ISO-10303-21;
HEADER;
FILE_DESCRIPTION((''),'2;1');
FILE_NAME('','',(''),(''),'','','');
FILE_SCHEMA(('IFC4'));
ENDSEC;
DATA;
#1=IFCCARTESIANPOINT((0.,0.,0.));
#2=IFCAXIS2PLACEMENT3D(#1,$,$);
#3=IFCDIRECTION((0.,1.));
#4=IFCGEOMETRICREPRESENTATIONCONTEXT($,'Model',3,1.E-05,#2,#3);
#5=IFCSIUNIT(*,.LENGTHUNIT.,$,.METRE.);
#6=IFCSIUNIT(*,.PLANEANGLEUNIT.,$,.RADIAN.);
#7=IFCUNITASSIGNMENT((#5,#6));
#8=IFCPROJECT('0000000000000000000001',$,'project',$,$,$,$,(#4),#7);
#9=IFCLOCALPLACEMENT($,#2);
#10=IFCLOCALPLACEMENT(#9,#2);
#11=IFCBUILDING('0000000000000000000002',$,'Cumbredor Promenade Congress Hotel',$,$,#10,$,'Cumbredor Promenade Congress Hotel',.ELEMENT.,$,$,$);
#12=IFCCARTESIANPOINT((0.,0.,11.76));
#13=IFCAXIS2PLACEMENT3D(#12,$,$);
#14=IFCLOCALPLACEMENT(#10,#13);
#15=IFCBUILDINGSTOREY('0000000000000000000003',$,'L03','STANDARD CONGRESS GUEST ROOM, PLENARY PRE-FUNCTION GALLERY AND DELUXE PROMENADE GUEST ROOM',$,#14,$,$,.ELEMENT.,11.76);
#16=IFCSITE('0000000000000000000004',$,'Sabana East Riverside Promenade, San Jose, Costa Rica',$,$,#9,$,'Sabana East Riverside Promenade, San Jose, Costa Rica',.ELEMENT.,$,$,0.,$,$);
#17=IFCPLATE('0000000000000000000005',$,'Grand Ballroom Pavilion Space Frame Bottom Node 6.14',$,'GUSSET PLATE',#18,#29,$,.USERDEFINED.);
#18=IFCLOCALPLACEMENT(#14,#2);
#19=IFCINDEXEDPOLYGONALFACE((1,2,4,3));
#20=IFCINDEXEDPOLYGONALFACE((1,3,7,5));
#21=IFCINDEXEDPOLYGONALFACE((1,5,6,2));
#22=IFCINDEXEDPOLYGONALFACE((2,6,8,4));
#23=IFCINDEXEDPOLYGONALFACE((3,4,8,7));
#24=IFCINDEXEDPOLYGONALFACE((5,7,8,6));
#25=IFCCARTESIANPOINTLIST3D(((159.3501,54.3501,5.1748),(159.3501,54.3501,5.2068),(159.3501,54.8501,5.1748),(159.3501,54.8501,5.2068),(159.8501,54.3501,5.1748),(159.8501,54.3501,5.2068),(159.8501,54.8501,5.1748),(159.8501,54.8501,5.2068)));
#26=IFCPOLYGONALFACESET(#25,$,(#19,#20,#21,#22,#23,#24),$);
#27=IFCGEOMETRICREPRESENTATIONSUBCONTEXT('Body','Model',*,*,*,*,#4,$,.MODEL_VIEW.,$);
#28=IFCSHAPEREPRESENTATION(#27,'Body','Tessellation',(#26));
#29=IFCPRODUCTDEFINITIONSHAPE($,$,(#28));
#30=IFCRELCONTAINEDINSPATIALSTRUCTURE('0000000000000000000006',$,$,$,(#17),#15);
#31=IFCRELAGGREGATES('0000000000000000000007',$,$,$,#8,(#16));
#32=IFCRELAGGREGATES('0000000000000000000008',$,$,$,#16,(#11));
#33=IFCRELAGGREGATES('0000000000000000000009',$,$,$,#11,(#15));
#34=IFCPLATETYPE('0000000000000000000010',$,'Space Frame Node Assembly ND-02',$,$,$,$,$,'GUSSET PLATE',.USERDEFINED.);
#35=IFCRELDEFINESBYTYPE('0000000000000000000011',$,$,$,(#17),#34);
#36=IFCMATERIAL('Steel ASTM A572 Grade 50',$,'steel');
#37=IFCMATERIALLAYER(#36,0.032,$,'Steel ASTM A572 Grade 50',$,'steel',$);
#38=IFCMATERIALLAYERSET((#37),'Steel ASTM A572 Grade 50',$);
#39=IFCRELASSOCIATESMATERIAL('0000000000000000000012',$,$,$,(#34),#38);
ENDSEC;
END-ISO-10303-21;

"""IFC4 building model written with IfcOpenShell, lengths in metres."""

from ifc_helpers import new_model, si_unit, direction, frame, origin, origin_2d, place, context, subcontext, project, spatial, rectangle, extrude, material, layer, layer_set, type_object, element, save


model = new_model("IFC4")

# Units and contexts
model_context = context("Model", 3, precision=1e-05, world=origin(), true_north=direction((0.0, 1.0)))
body_context = subcontext(model_context, "Body", "Model", "MODEL_VIEW")
ifc_project = project(units=[si_unit("LENGTHUNIT", "METRE"), si_unit("PLANEANGLEUNIT", "RADIAN")], contexts=[model_context])

# Site, building, storey
site_placement = place(None, origin())
site = spatial("IfcSite", under=ifc_project, at=site_placement, Name="Sabana East Riverside Promenade, San Jose, Costa Rica", LongName="Sabana East Riverside Promenade, San Jose, Costa Rica", CompositionType="ELEMENT", RefElevation=0.0)
building_placement = place(site_placement, origin())
building = spatial("IfcBuilding", under=site, at=building_placement, Name="Cumbredor Promenade Congress Hotel", LongName="Cumbredor Promenade Congress Hotel", CompositionType="ELEMENT")
storey_placement = place(building_placement, frame((0.0, 0.0, 11.76)))
storey = spatial("IfcBuildingStorey", under=building, at=storey_placement, Name="L03", Description="STANDARD CONGRESS GUEST ROOM, PLENARY PRE-FUNCTION GALLERY AND DELUXE PROMENADE GUEST ROOM", CompositionType="ELEMENT", Elevation=11.76)

# Plate
ifc_material_1 = material(Name="Steel ASTM A572 Grade 50", Category="steel")
ifc_layer = layer(ifc_material_1, 0.032, Name="Steel ASTM A572 Grade 50", Category="steel")
ifc_layer_set = layer_set([ifc_layer], Name="Steel ASTM A572 Grade 50")
plate_type = type_object("IfcPlateType", Name="Space Frame Node Assembly ND-02", ElementType="GUSSET PLATE", PredefinedType="USERDEFINED", material=ifc_layer_set)
for number, where, z_axis, x_axis, name in (
    (1, (159.6001, 54.6001, 5.1748), (0.0, 0.0, 1.0), (1.0, 0.0, 0.0), "Grand Ballroom Pavilion Space Frame Bottom Node 6.14"),
):
    element("IfcPlate", number, at=place(storey_placement, frame(where, z_axis=z_axis, x_axis=x_axis)), inside=storey, type_object=plate_type, Name=name, ObjectType="GUSSET PLATE", PredefinedType="USERDEFINED", context=body_context, shape_type="SweptSolid", body=[
        extrude(rectangle(XDim=0.5, YDim=0.5, at=origin_2d()), origin(), (0.0, 0.0, 1.0), 0.032),
    ])

save(model, "model.ifc")
